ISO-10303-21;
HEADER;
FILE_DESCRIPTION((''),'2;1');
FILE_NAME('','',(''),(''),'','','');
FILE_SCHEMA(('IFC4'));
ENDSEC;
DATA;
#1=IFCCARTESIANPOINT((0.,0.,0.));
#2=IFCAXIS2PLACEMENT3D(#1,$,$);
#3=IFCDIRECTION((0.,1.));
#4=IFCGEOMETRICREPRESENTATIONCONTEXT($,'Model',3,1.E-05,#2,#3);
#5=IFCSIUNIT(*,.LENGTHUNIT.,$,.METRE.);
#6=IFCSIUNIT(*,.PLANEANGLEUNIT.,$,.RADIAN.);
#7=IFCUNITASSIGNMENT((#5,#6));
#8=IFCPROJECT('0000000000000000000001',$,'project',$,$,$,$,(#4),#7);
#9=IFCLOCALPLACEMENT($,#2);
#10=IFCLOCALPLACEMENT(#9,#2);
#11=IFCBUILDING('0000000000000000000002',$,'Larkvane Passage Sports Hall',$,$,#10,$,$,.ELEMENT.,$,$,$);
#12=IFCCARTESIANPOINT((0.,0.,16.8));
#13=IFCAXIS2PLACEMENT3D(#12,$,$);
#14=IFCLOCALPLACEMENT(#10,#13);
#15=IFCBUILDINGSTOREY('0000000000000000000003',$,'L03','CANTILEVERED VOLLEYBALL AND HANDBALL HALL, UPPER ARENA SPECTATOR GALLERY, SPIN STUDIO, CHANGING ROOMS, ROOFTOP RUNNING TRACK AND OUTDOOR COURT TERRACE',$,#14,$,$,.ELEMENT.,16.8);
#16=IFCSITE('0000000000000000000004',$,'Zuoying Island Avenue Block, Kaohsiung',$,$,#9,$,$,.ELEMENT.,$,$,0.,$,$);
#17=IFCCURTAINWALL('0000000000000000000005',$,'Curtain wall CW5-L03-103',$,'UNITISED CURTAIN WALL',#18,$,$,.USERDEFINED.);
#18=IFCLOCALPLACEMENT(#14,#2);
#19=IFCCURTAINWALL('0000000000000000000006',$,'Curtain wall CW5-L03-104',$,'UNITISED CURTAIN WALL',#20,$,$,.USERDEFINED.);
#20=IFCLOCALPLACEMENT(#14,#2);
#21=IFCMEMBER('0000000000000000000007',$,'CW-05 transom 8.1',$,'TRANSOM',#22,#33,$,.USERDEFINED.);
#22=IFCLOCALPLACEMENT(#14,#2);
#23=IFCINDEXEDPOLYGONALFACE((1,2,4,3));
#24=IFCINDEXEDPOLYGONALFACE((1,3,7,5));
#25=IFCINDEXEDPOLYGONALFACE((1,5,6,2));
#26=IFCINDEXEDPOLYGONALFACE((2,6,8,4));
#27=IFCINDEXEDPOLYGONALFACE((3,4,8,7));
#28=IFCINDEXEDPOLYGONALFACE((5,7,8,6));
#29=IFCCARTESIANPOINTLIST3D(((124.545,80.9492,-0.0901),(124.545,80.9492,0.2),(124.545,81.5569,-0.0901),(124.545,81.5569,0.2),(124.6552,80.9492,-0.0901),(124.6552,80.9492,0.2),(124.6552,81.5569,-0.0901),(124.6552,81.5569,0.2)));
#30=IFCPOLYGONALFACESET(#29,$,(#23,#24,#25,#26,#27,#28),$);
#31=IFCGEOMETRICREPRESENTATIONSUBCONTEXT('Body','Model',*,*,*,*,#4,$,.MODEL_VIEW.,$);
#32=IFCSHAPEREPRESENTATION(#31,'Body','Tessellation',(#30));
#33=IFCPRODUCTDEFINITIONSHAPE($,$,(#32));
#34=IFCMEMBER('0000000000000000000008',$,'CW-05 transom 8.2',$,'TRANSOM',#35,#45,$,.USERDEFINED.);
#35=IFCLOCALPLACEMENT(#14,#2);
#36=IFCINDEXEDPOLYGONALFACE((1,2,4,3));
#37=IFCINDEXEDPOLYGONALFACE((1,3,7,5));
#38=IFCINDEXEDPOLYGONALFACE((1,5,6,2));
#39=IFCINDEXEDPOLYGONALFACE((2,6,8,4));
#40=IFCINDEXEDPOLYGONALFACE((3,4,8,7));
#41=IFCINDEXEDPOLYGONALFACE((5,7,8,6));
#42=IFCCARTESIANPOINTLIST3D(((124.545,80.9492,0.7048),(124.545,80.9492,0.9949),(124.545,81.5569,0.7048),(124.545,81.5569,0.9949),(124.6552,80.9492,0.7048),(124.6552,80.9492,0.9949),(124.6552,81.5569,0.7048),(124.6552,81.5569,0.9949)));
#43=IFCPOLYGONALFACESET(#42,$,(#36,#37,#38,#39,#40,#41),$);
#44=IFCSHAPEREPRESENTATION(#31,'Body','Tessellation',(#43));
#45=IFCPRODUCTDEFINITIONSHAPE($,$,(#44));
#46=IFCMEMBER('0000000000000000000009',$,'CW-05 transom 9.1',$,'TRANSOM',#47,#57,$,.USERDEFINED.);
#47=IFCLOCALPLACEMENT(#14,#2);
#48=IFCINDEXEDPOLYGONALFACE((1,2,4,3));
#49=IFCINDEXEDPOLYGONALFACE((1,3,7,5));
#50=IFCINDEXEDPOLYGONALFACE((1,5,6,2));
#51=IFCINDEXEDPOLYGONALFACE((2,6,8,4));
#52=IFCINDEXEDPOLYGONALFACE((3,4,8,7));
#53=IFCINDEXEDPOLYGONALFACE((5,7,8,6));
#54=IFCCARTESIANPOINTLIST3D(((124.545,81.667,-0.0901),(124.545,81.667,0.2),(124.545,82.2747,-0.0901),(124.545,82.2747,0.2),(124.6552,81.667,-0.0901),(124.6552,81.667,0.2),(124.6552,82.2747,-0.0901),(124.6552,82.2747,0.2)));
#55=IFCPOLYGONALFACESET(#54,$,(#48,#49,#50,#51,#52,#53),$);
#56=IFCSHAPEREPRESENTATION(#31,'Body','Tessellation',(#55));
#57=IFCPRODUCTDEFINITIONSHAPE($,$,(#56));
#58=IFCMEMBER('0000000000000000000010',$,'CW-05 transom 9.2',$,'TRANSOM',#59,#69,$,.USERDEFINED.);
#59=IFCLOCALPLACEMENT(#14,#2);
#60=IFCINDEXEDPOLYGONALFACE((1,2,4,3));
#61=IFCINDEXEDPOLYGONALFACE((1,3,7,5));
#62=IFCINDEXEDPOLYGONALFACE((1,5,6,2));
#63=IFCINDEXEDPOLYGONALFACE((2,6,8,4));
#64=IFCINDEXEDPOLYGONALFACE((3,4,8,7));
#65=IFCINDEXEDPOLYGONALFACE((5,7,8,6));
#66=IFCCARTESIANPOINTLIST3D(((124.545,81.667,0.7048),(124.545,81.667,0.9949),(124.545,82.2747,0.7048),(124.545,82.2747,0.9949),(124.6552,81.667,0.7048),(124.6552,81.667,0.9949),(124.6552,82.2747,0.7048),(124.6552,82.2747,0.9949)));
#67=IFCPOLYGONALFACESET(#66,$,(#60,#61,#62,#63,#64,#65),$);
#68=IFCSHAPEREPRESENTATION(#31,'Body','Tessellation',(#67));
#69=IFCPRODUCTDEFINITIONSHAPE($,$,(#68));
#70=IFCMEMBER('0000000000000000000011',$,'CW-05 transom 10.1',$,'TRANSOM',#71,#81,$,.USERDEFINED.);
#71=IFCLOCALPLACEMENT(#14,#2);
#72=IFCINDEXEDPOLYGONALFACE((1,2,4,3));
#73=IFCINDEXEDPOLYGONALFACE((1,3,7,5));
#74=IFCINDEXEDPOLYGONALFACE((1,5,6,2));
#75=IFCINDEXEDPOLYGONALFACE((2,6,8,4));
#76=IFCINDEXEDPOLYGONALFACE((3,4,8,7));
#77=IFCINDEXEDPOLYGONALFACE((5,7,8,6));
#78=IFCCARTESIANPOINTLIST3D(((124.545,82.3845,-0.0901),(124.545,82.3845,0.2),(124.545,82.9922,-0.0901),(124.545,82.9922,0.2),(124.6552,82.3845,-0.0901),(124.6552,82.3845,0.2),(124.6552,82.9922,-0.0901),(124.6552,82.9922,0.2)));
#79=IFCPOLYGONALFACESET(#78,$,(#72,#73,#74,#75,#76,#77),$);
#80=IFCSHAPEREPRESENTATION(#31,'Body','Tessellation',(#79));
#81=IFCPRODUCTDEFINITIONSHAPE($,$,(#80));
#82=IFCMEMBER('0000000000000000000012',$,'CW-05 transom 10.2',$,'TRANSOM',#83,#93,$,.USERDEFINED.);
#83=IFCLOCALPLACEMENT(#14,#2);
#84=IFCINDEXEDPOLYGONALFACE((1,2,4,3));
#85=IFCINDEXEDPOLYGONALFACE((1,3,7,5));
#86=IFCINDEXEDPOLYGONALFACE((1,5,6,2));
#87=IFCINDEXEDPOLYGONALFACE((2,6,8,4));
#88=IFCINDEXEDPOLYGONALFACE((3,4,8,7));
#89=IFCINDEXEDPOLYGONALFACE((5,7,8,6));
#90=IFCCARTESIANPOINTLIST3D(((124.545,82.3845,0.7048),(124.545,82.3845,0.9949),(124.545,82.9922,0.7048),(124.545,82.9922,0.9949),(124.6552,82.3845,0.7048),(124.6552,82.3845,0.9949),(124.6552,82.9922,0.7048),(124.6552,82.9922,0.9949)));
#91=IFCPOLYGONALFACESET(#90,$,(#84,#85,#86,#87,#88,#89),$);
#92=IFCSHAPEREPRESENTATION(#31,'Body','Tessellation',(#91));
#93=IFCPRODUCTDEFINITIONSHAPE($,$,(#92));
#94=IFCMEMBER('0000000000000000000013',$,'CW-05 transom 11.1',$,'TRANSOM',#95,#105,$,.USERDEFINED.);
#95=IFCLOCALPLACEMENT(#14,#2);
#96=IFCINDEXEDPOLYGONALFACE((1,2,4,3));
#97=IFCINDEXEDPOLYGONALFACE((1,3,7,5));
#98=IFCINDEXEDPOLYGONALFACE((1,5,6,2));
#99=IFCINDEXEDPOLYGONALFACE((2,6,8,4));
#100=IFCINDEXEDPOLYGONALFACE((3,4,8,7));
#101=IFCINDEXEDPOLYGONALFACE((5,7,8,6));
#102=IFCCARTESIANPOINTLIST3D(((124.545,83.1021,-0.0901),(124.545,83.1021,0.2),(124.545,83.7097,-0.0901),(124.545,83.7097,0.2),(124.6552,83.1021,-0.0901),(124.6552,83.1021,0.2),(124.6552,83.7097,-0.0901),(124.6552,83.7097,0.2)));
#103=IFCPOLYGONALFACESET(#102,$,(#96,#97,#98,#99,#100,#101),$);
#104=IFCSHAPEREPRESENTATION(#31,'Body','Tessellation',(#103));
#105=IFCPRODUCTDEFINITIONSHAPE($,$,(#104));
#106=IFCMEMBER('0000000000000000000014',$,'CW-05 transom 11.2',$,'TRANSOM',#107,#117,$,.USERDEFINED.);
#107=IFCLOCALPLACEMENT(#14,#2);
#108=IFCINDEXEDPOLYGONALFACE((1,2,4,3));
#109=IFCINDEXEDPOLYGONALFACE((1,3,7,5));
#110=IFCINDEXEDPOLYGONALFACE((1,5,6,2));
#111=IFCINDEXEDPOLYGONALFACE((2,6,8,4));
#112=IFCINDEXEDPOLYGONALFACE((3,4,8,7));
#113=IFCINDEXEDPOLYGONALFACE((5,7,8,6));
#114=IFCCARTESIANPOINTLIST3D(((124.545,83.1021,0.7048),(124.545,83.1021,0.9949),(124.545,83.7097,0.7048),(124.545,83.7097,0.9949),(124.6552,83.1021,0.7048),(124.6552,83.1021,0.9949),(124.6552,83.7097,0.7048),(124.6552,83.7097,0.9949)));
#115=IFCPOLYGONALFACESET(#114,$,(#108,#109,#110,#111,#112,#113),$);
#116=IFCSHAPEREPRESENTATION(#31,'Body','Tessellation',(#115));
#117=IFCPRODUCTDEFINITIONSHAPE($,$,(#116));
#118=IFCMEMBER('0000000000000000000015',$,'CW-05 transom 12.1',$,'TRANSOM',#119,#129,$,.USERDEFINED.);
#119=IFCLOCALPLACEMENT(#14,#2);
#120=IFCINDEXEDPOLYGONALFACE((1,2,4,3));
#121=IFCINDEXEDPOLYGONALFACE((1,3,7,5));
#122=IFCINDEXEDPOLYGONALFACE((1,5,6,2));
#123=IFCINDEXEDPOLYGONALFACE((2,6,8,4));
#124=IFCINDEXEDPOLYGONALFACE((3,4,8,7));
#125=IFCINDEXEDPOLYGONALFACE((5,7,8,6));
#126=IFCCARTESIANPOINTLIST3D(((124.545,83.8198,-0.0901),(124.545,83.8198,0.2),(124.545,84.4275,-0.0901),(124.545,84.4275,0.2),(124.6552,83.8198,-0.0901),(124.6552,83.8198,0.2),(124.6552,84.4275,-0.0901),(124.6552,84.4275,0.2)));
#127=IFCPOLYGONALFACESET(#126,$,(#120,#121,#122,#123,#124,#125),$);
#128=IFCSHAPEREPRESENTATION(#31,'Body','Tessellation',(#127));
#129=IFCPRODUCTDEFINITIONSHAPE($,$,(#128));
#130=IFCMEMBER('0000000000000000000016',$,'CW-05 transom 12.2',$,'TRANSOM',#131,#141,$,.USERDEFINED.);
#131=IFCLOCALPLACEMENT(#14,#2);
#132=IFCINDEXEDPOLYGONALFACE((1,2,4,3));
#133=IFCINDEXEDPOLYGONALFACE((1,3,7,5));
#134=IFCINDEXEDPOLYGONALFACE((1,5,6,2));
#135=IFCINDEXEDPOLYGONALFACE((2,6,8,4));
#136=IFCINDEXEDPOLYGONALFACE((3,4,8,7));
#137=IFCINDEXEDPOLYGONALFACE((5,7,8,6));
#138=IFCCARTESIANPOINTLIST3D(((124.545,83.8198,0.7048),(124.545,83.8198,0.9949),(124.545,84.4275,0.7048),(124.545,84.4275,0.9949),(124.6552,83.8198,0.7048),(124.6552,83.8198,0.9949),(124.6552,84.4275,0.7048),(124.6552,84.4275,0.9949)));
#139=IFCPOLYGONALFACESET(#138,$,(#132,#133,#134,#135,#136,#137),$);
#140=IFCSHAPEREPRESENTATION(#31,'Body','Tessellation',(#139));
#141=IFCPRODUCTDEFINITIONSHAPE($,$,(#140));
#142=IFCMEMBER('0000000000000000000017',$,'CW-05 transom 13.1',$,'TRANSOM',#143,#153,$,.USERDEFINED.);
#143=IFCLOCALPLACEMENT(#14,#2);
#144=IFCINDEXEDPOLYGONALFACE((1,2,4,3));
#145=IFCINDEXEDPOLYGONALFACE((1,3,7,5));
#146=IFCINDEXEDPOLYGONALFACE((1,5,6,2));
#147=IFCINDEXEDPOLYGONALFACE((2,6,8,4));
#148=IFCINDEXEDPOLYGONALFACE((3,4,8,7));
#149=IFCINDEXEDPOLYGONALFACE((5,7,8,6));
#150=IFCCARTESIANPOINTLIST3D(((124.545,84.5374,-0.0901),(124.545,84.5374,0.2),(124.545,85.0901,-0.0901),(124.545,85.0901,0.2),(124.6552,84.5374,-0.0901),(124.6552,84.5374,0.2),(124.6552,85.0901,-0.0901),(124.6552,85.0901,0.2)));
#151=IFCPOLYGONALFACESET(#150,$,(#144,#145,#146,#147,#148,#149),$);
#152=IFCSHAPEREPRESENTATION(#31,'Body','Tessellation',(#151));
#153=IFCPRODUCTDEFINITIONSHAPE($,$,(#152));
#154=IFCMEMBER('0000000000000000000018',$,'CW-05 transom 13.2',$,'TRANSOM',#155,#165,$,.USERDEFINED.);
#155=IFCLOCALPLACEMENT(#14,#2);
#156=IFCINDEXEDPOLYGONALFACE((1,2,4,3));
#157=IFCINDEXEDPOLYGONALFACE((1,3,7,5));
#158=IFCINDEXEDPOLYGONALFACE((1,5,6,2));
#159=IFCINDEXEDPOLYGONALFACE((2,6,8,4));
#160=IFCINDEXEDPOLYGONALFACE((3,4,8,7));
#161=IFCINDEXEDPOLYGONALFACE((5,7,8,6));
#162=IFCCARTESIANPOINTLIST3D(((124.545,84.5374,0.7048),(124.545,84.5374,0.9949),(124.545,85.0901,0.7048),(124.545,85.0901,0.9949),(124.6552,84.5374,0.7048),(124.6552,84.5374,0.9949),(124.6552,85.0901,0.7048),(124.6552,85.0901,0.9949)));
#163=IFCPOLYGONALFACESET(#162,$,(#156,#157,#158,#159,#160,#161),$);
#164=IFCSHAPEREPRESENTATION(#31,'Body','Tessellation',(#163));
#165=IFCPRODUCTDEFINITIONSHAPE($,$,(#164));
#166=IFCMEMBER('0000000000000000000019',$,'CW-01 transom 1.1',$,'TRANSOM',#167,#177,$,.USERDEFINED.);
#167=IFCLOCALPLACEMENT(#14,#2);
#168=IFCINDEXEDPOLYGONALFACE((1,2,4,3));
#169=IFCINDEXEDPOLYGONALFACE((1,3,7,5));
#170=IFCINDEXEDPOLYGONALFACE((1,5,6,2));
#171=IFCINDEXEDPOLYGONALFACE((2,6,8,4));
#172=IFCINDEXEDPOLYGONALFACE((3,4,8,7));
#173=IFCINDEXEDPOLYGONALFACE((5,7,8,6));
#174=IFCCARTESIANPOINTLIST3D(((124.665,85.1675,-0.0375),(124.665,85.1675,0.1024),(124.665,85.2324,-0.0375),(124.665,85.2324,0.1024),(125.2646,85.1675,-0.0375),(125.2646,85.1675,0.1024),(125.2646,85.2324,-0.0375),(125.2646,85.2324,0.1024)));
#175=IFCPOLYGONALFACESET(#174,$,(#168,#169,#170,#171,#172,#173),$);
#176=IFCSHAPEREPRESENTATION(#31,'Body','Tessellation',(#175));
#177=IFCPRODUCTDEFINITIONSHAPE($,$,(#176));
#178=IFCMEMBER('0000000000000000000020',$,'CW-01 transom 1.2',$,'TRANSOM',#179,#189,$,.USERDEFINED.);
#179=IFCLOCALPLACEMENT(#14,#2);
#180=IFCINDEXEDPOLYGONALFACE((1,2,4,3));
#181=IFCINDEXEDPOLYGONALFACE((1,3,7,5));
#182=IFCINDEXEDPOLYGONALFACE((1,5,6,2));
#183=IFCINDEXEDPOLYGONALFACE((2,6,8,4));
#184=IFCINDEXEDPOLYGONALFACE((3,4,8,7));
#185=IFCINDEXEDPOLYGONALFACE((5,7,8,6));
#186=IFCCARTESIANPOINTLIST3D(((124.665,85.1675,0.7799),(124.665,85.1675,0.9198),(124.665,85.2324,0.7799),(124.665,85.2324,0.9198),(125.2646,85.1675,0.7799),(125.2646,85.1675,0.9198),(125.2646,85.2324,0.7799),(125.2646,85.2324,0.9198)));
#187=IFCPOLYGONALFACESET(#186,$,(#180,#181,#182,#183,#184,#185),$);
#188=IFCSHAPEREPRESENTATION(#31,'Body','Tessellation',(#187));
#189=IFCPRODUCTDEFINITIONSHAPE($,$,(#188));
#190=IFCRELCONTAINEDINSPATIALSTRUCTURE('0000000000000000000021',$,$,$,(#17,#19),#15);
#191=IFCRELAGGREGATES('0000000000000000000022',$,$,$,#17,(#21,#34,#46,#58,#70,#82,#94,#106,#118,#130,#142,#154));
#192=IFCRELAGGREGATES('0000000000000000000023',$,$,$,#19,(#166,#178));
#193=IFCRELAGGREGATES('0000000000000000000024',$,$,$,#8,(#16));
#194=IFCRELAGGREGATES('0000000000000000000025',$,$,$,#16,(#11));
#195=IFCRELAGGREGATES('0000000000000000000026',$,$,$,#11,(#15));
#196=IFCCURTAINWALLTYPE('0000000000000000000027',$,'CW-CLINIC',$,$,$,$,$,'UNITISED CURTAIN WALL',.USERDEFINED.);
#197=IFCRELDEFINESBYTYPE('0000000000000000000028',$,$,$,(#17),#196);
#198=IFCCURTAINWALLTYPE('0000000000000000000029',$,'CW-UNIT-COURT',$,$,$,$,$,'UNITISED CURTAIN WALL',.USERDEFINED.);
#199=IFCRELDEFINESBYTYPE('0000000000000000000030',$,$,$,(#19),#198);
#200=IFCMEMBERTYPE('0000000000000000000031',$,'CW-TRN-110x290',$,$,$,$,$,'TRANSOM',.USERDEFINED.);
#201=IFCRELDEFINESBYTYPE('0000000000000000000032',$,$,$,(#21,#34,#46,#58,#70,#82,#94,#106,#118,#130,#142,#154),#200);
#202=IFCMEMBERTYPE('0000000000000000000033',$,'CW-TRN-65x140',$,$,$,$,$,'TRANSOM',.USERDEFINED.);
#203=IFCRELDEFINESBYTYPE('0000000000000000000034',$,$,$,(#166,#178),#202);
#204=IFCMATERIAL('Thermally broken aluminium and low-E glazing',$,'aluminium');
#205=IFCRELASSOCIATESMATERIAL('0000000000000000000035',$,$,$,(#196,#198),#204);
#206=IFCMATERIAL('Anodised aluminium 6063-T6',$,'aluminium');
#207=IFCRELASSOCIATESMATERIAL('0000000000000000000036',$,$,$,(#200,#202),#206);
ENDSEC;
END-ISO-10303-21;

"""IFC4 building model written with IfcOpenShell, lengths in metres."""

from ifc_helpers import new_model, si_unit, direction, frame, origin, origin_2d, place, context, subcontext, project, spatial, rectangle, extrude, material, material_profile, profile_set, type_object, element, aggregate, save


model = new_model("IFC4")

# Units and contexts
model_context = context("Model", 3, precision=1e-05, world=origin(), true_north=direction((0.0, 1.0)))
body_context = subcontext(model_context, "Body", "Model", "MODEL_VIEW")
ifc_project = project(units=[si_unit("LENGTHUNIT", "METRE"), si_unit("PLANEANGLEUNIT", "RADIAN")], contexts=[model_context])

# Site, building, storey
site_placement = place(None, origin())
site = spatial("IfcSite", under=ifc_project, at=site_placement, Name="Zuoying Island Avenue Block, Kaohsiung", CompositionType="ELEMENT", RefElevation=0.0)
building_placement = place(site_placement, origin())
building = spatial("IfcBuilding", under=site, at=building_placement, Name="Larkvane Passage Sports Hall", CompositionType="ELEMENT")
storey_placement = place(building_placement, frame((0.0, 0.0, 16.8)))
storey = spatial("IfcBuildingStorey", under=building, at=storey_placement, Name="L03", Description="CANTILEVERED VOLLEYBALL AND HANDBALL HALL, UPPER ARENA SPECTATOR GALLERY, SPIN STUDIO, CHANGING ROOMS, ROOFTOP RUNNING TRACK AND OUTDOOR COURT TERRACE", CompositionType="ELEMENT", Elevation=16.8)

# Curtain walls
ifc_material_1 = material(Name="Thermally broken aluminium and low-E glazing", Category="aluminium")
curtain_wall_type_1 = type_object("IfcCurtainWallType", Name="CW-CLINIC", ElementType="UNITISED CURTAIN WALL", PredefinedType="USERDEFINED", material=ifc_material_1)
curtain_wall_1_placement = place(storey_placement, origin())
curtain_wall_1 = element("IfcCurtainWall", 1, at=curtain_wall_1_placement, inside=storey, type_object=curtain_wall_type_1, Name="Curtain wall CW5-L03-103", ObjectType="UNITISED CURTAIN WALL", PredefinedType="USERDEFINED")
ifc_material_2 = material(Name="Anodised aluminium 6063-T6", Category="aluminium")
curtain_wall_type_2 = type_object("IfcCurtainWallType", Name="CW-UNIT-COURT", ElementType="UNITISED CURTAIN WALL", PredefinedType="USERDEFINED", material=ifc_material_1)
curtain_wall_2_placement = place(storey_placement, origin())
curtain_wall_2 = element("IfcCurtainWall", 2, at=curtain_wall_2_placement, inside=storey, type_object=curtain_wall_type_2, Name="Curtain wall CW5-L03-104", ObjectType="UNITISED CURTAIN WALL", PredefinedType="USERDEFINED")

# Members
ifc_material_profile_1 = material_profile(ifc_material_2, rectangle(XDim=0.1101, YDim=0.29, at=origin_2d()), Name="ALU-TRN-110x290")
ifc_profile_set_1 = profile_set([ifc_material_profile_1], Name="Anodised aluminium 6063-T6")
member_type_1 = type_object("IfcMemberType", Name="CW-TRN-110x290", ElementType="TRANSOM", PredefinedType="USERDEFINED", material=ifc_profile_set_1)
member_1_placement = place(storey_placement, frame((124.6001, 80.9492, 0.0549), z_axis=(0.0, 1.0, 0.0), x_axis=(-1.0, 0.0, 0.0)))
member_1 = element("IfcMember", 3, at=member_1_placement, type_object=member_type_1, Name="CW-05 transom 8.1", ObjectType="TRANSOM", PredefinedType="USERDEFINED", context=body_context, shape_type="SweptSolid", body=[
    extrude(rectangle(XDim=0.1101, YDim=0.29, at=origin_2d()), origin(), (0.0, 0.0, 1.0), 0.6077),
])
member_2_placement = place(storey_placement, frame((124.6001, 80.9492, 0.8499), z_axis=(0.0, 1.0, 0.0), x_axis=(-1.0, 0.0, 0.0)))
member_2 = element("IfcMember", 4, at=member_2_placement, type_object=member_type_1, Name="CW-05 transom 8.2", ObjectType="TRANSOM", PredefinedType="USERDEFINED", context=body_context, shape_type="SweptSolid", body=[
    extrude(rectangle(XDim=0.1101, YDim=0.29, at=origin_2d()), origin(), (0.0, 0.0, 1.0), 0.6077),
])
member_3_placement = place(storey_placement, frame((124.6001, 81.667, 0.0549), z_axis=(0.0, 1.0, 0.0), x_axis=(-1.0, 0.0, 0.0)))
member_3 = element("IfcMember", 5, at=member_3_placement, type_object=member_type_1, Name="CW-05 transom 9.1", ObjectType="TRANSOM", PredefinedType="USERDEFINED", context=body_context, shape_type="SweptSolid", body=[
    extrude(rectangle(XDim=0.1101, YDim=0.29, at=origin_2d()), origin(), (0.0, 0.0, 1.0), 0.6077),
])
member_4_placement = place(storey_placement, frame((124.6001, 81.667, 0.8499), z_axis=(0.0, 1.0, 0.0), x_axis=(-1.0, 0.0, 0.0)))
member_4 = element("IfcMember", 6, at=member_4_placement, type_object=member_type_1, Name="CW-05 transom 9.2", ObjectType="TRANSOM", PredefinedType="USERDEFINED", context=body_context, shape_type="SweptSolid", body=[
    extrude(rectangle(XDim=0.1101, YDim=0.29, at=origin_2d()), origin(), (0.0, 0.0, 1.0), 0.6077),
])
member_5_placement = place(storey_placement, frame((124.6001, 82.3845, 0.0549), z_axis=(0.0, 1.0, 0.0), x_axis=(-1.0, 0.0, 0.0)))
member_5 = element("IfcMember", 7, at=member_5_placement, type_object=member_type_1, Name="CW-05 transom 10.1", ObjectType="TRANSOM", PredefinedType="USERDEFINED", context=body_context, shape_type="SweptSolid", body=[
    extrude(rectangle(XDim=0.1101, YDim=0.29, at=origin_2d()), origin(), (0.0, 0.0, 1.0), 0.6077),
])
member_6_placement = place(storey_placement, frame((124.6001, 82.3845, 0.8499), z_axis=(0.0, 1.0, 0.0), x_axis=(-1.0, 0.0, 0.0)))
member_6 = element("IfcMember", 8, at=member_6_placement, type_object=member_type_1, Name="CW-05 transom 10.2", ObjectType="TRANSOM", PredefinedType="USERDEFINED", context=body_context, shape_type="SweptSolid", body=[
    extrude(rectangle(XDim=0.1101, YDim=0.29, at=origin_2d()), origin(), (0.0, 0.0, 1.0), 0.6077),
])
member_7_placement = place(storey_placement, frame((124.6001, 83.1021, 0.0549), z_axis=(0.0, 1.0, 0.0), x_axis=(-1.0, 0.0, 0.0)))
member_7 = element("IfcMember", 9, at=member_7_placement, type_object=member_type_1, Name="CW-05 transom 11.1", ObjectType="TRANSOM", PredefinedType="USERDEFINED", context=body_context, shape_type="SweptSolid", body=[
    extrude(rectangle(XDim=0.1101, YDim=0.29, at=origin_2d()), origin(), (0.0, 0.0, 1.0), 0.6077),
])
member_8_placement = place(storey_placement, frame((124.6001, 83.1021, 0.8499), z_axis=(0.0, 1.0, 0.0), x_axis=(-1.0, 0.0, 0.0)))
member_8 = element("IfcMember", 10, at=member_8_placement, type_object=member_type_1, Name="CW-05 transom 11.2", ObjectType="TRANSOM", PredefinedType="USERDEFINED", context=body_context, shape_type="SweptSolid", body=[
    extrude(rectangle(XDim=0.1101, YDim=0.29, at=origin_2d()), origin(), (0.0, 0.0, 1.0), 0.6077),
])
member_9_placement = place(storey_placement, frame((124.6001, 83.8198, 0.0549), z_axis=(0.0, 1.0, 0.0), x_axis=(-1.0, 0.0, 0.0)))
member_9 = element("IfcMember", 11, at=member_9_placement, type_object=member_type_1, Name="CW-05 transom 12.1", ObjectType="TRANSOM", PredefinedType="USERDEFINED", context=body_context, shape_type="SweptSolid", body=[
    extrude(rectangle(XDim=0.1101, YDim=0.29, at=origin_2d()), origin(), (0.0, 0.0, 1.0), 0.6077),
])
member_10_placement = place(storey_placement, frame((124.6001, 83.8198, 0.8499), z_axis=(0.0, 1.0, 0.0), x_axis=(-1.0, 0.0, 0.0)))
member_10 = element("IfcMember", 12, at=member_10_placement, type_object=member_type_1, Name="CW-05 transom 12.2", ObjectType="TRANSOM", PredefinedType="USERDEFINED", context=body_context, shape_type="SweptSolid", body=[
    extrude(rectangle(XDim=0.1101, YDim=0.29, at=origin_2d()), origin(), (0.0, 0.0, 1.0), 0.6077),
])
member_11_placement = place(storey_placement, frame((124.6001, 84.5374, 0.0549), z_axis=(0.0, 1.0, 0.0), x_axis=(-1.0, 0.0, 0.0)))
member_11 = element("IfcMember", 13, at=member_11_placement, type_object=member_type_1, Name="CW-05 transom 13.1", ObjectType="TRANSOM", PredefinedType="USERDEFINED", context=body_context, shape_type="SweptSolid", body=[
    extrude(rectangle(XDim=0.1101, YDim=0.29, at=origin_2d()), origin(), (0.0, 0.0, 1.0), 0.5527),
])
member_12_placement = place(storey_placement, frame((124.6001, 84.5374, 0.8499), z_axis=(0.0, 1.0, 0.0), x_axis=(-1.0, 0.0, 0.0)))
member_12 = element("IfcMember", 14, at=member_12_placement, type_object=member_type_1, Name="CW-05 transom 13.2", ObjectType="TRANSOM", PredefinedType="USERDEFINED", context=body_context, shape_type="SweptSolid", body=[
    extrude(rectangle(XDim=0.1101, YDim=0.29, at=origin_2d()), origin(), (0.0, 0.0, 1.0), 0.5527),
])
ifc_material_profile_2 = material_profile(ifc_material_2, rectangle(XDim=0.0649, YDim=0.1399, at=origin_2d()), Name="ALU-TRN-65x140")
ifc_profile_set_2 = profile_set([ifc_material_profile_2], Name="Anodised aluminium 6063-T6")
member_type_2 = type_object("IfcMemberType", Name="CW-TRN-65x140", ElementType="TRANSOM", PredefinedType="USERDEFINED", material=ifc_profile_set_2)
member_13_placement = place(storey_placement, frame((124.665, 85.2, 0.0325), z_axis=(1.0, 0.0, 0.0), x_axis=(0.0, 1.0, 0.0)))
member_13 = element("IfcMember", 15, at=member_13_placement, type_object=member_type_2, Name="CW-01 transom 1.1", ObjectType="TRANSOM", PredefinedType="USERDEFINED", context=body_context, shape_type="SweptSolid", body=[
    extrude(rectangle(XDim=0.0649, YDim=0.1399, at=origin_2d()), origin(), (0.0, 0.0, 1.0), 0.5996),
])
member_14_placement = place(storey_placement, frame((124.665, 85.2, 0.8499), z_axis=(1.0, 0.0, 0.0), x_axis=(0.0, 1.0, 0.0)))
member_14 = element("IfcMember", 16, at=member_14_placement, type_object=member_type_2, Name="CW-01 transom 1.2", ObjectType="TRANSOM", PredefinedType="USERDEFINED", context=body_context, shape_type="SweptSolid", body=[
    extrude(rectangle(XDim=0.0649, YDim=0.1399, at=origin_2d()), origin(), (0.0, 0.0, 1.0), 0.5996),
])

aggregate(curtain_wall_1, [member_1, member_2, member_3, member_4, member_5, member_6, member_7, member_8, member_9, member_10, member_11, member_12])
aggregate(curtain_wall_2, [member_13, member_14])

save(model, "model.ifc")
